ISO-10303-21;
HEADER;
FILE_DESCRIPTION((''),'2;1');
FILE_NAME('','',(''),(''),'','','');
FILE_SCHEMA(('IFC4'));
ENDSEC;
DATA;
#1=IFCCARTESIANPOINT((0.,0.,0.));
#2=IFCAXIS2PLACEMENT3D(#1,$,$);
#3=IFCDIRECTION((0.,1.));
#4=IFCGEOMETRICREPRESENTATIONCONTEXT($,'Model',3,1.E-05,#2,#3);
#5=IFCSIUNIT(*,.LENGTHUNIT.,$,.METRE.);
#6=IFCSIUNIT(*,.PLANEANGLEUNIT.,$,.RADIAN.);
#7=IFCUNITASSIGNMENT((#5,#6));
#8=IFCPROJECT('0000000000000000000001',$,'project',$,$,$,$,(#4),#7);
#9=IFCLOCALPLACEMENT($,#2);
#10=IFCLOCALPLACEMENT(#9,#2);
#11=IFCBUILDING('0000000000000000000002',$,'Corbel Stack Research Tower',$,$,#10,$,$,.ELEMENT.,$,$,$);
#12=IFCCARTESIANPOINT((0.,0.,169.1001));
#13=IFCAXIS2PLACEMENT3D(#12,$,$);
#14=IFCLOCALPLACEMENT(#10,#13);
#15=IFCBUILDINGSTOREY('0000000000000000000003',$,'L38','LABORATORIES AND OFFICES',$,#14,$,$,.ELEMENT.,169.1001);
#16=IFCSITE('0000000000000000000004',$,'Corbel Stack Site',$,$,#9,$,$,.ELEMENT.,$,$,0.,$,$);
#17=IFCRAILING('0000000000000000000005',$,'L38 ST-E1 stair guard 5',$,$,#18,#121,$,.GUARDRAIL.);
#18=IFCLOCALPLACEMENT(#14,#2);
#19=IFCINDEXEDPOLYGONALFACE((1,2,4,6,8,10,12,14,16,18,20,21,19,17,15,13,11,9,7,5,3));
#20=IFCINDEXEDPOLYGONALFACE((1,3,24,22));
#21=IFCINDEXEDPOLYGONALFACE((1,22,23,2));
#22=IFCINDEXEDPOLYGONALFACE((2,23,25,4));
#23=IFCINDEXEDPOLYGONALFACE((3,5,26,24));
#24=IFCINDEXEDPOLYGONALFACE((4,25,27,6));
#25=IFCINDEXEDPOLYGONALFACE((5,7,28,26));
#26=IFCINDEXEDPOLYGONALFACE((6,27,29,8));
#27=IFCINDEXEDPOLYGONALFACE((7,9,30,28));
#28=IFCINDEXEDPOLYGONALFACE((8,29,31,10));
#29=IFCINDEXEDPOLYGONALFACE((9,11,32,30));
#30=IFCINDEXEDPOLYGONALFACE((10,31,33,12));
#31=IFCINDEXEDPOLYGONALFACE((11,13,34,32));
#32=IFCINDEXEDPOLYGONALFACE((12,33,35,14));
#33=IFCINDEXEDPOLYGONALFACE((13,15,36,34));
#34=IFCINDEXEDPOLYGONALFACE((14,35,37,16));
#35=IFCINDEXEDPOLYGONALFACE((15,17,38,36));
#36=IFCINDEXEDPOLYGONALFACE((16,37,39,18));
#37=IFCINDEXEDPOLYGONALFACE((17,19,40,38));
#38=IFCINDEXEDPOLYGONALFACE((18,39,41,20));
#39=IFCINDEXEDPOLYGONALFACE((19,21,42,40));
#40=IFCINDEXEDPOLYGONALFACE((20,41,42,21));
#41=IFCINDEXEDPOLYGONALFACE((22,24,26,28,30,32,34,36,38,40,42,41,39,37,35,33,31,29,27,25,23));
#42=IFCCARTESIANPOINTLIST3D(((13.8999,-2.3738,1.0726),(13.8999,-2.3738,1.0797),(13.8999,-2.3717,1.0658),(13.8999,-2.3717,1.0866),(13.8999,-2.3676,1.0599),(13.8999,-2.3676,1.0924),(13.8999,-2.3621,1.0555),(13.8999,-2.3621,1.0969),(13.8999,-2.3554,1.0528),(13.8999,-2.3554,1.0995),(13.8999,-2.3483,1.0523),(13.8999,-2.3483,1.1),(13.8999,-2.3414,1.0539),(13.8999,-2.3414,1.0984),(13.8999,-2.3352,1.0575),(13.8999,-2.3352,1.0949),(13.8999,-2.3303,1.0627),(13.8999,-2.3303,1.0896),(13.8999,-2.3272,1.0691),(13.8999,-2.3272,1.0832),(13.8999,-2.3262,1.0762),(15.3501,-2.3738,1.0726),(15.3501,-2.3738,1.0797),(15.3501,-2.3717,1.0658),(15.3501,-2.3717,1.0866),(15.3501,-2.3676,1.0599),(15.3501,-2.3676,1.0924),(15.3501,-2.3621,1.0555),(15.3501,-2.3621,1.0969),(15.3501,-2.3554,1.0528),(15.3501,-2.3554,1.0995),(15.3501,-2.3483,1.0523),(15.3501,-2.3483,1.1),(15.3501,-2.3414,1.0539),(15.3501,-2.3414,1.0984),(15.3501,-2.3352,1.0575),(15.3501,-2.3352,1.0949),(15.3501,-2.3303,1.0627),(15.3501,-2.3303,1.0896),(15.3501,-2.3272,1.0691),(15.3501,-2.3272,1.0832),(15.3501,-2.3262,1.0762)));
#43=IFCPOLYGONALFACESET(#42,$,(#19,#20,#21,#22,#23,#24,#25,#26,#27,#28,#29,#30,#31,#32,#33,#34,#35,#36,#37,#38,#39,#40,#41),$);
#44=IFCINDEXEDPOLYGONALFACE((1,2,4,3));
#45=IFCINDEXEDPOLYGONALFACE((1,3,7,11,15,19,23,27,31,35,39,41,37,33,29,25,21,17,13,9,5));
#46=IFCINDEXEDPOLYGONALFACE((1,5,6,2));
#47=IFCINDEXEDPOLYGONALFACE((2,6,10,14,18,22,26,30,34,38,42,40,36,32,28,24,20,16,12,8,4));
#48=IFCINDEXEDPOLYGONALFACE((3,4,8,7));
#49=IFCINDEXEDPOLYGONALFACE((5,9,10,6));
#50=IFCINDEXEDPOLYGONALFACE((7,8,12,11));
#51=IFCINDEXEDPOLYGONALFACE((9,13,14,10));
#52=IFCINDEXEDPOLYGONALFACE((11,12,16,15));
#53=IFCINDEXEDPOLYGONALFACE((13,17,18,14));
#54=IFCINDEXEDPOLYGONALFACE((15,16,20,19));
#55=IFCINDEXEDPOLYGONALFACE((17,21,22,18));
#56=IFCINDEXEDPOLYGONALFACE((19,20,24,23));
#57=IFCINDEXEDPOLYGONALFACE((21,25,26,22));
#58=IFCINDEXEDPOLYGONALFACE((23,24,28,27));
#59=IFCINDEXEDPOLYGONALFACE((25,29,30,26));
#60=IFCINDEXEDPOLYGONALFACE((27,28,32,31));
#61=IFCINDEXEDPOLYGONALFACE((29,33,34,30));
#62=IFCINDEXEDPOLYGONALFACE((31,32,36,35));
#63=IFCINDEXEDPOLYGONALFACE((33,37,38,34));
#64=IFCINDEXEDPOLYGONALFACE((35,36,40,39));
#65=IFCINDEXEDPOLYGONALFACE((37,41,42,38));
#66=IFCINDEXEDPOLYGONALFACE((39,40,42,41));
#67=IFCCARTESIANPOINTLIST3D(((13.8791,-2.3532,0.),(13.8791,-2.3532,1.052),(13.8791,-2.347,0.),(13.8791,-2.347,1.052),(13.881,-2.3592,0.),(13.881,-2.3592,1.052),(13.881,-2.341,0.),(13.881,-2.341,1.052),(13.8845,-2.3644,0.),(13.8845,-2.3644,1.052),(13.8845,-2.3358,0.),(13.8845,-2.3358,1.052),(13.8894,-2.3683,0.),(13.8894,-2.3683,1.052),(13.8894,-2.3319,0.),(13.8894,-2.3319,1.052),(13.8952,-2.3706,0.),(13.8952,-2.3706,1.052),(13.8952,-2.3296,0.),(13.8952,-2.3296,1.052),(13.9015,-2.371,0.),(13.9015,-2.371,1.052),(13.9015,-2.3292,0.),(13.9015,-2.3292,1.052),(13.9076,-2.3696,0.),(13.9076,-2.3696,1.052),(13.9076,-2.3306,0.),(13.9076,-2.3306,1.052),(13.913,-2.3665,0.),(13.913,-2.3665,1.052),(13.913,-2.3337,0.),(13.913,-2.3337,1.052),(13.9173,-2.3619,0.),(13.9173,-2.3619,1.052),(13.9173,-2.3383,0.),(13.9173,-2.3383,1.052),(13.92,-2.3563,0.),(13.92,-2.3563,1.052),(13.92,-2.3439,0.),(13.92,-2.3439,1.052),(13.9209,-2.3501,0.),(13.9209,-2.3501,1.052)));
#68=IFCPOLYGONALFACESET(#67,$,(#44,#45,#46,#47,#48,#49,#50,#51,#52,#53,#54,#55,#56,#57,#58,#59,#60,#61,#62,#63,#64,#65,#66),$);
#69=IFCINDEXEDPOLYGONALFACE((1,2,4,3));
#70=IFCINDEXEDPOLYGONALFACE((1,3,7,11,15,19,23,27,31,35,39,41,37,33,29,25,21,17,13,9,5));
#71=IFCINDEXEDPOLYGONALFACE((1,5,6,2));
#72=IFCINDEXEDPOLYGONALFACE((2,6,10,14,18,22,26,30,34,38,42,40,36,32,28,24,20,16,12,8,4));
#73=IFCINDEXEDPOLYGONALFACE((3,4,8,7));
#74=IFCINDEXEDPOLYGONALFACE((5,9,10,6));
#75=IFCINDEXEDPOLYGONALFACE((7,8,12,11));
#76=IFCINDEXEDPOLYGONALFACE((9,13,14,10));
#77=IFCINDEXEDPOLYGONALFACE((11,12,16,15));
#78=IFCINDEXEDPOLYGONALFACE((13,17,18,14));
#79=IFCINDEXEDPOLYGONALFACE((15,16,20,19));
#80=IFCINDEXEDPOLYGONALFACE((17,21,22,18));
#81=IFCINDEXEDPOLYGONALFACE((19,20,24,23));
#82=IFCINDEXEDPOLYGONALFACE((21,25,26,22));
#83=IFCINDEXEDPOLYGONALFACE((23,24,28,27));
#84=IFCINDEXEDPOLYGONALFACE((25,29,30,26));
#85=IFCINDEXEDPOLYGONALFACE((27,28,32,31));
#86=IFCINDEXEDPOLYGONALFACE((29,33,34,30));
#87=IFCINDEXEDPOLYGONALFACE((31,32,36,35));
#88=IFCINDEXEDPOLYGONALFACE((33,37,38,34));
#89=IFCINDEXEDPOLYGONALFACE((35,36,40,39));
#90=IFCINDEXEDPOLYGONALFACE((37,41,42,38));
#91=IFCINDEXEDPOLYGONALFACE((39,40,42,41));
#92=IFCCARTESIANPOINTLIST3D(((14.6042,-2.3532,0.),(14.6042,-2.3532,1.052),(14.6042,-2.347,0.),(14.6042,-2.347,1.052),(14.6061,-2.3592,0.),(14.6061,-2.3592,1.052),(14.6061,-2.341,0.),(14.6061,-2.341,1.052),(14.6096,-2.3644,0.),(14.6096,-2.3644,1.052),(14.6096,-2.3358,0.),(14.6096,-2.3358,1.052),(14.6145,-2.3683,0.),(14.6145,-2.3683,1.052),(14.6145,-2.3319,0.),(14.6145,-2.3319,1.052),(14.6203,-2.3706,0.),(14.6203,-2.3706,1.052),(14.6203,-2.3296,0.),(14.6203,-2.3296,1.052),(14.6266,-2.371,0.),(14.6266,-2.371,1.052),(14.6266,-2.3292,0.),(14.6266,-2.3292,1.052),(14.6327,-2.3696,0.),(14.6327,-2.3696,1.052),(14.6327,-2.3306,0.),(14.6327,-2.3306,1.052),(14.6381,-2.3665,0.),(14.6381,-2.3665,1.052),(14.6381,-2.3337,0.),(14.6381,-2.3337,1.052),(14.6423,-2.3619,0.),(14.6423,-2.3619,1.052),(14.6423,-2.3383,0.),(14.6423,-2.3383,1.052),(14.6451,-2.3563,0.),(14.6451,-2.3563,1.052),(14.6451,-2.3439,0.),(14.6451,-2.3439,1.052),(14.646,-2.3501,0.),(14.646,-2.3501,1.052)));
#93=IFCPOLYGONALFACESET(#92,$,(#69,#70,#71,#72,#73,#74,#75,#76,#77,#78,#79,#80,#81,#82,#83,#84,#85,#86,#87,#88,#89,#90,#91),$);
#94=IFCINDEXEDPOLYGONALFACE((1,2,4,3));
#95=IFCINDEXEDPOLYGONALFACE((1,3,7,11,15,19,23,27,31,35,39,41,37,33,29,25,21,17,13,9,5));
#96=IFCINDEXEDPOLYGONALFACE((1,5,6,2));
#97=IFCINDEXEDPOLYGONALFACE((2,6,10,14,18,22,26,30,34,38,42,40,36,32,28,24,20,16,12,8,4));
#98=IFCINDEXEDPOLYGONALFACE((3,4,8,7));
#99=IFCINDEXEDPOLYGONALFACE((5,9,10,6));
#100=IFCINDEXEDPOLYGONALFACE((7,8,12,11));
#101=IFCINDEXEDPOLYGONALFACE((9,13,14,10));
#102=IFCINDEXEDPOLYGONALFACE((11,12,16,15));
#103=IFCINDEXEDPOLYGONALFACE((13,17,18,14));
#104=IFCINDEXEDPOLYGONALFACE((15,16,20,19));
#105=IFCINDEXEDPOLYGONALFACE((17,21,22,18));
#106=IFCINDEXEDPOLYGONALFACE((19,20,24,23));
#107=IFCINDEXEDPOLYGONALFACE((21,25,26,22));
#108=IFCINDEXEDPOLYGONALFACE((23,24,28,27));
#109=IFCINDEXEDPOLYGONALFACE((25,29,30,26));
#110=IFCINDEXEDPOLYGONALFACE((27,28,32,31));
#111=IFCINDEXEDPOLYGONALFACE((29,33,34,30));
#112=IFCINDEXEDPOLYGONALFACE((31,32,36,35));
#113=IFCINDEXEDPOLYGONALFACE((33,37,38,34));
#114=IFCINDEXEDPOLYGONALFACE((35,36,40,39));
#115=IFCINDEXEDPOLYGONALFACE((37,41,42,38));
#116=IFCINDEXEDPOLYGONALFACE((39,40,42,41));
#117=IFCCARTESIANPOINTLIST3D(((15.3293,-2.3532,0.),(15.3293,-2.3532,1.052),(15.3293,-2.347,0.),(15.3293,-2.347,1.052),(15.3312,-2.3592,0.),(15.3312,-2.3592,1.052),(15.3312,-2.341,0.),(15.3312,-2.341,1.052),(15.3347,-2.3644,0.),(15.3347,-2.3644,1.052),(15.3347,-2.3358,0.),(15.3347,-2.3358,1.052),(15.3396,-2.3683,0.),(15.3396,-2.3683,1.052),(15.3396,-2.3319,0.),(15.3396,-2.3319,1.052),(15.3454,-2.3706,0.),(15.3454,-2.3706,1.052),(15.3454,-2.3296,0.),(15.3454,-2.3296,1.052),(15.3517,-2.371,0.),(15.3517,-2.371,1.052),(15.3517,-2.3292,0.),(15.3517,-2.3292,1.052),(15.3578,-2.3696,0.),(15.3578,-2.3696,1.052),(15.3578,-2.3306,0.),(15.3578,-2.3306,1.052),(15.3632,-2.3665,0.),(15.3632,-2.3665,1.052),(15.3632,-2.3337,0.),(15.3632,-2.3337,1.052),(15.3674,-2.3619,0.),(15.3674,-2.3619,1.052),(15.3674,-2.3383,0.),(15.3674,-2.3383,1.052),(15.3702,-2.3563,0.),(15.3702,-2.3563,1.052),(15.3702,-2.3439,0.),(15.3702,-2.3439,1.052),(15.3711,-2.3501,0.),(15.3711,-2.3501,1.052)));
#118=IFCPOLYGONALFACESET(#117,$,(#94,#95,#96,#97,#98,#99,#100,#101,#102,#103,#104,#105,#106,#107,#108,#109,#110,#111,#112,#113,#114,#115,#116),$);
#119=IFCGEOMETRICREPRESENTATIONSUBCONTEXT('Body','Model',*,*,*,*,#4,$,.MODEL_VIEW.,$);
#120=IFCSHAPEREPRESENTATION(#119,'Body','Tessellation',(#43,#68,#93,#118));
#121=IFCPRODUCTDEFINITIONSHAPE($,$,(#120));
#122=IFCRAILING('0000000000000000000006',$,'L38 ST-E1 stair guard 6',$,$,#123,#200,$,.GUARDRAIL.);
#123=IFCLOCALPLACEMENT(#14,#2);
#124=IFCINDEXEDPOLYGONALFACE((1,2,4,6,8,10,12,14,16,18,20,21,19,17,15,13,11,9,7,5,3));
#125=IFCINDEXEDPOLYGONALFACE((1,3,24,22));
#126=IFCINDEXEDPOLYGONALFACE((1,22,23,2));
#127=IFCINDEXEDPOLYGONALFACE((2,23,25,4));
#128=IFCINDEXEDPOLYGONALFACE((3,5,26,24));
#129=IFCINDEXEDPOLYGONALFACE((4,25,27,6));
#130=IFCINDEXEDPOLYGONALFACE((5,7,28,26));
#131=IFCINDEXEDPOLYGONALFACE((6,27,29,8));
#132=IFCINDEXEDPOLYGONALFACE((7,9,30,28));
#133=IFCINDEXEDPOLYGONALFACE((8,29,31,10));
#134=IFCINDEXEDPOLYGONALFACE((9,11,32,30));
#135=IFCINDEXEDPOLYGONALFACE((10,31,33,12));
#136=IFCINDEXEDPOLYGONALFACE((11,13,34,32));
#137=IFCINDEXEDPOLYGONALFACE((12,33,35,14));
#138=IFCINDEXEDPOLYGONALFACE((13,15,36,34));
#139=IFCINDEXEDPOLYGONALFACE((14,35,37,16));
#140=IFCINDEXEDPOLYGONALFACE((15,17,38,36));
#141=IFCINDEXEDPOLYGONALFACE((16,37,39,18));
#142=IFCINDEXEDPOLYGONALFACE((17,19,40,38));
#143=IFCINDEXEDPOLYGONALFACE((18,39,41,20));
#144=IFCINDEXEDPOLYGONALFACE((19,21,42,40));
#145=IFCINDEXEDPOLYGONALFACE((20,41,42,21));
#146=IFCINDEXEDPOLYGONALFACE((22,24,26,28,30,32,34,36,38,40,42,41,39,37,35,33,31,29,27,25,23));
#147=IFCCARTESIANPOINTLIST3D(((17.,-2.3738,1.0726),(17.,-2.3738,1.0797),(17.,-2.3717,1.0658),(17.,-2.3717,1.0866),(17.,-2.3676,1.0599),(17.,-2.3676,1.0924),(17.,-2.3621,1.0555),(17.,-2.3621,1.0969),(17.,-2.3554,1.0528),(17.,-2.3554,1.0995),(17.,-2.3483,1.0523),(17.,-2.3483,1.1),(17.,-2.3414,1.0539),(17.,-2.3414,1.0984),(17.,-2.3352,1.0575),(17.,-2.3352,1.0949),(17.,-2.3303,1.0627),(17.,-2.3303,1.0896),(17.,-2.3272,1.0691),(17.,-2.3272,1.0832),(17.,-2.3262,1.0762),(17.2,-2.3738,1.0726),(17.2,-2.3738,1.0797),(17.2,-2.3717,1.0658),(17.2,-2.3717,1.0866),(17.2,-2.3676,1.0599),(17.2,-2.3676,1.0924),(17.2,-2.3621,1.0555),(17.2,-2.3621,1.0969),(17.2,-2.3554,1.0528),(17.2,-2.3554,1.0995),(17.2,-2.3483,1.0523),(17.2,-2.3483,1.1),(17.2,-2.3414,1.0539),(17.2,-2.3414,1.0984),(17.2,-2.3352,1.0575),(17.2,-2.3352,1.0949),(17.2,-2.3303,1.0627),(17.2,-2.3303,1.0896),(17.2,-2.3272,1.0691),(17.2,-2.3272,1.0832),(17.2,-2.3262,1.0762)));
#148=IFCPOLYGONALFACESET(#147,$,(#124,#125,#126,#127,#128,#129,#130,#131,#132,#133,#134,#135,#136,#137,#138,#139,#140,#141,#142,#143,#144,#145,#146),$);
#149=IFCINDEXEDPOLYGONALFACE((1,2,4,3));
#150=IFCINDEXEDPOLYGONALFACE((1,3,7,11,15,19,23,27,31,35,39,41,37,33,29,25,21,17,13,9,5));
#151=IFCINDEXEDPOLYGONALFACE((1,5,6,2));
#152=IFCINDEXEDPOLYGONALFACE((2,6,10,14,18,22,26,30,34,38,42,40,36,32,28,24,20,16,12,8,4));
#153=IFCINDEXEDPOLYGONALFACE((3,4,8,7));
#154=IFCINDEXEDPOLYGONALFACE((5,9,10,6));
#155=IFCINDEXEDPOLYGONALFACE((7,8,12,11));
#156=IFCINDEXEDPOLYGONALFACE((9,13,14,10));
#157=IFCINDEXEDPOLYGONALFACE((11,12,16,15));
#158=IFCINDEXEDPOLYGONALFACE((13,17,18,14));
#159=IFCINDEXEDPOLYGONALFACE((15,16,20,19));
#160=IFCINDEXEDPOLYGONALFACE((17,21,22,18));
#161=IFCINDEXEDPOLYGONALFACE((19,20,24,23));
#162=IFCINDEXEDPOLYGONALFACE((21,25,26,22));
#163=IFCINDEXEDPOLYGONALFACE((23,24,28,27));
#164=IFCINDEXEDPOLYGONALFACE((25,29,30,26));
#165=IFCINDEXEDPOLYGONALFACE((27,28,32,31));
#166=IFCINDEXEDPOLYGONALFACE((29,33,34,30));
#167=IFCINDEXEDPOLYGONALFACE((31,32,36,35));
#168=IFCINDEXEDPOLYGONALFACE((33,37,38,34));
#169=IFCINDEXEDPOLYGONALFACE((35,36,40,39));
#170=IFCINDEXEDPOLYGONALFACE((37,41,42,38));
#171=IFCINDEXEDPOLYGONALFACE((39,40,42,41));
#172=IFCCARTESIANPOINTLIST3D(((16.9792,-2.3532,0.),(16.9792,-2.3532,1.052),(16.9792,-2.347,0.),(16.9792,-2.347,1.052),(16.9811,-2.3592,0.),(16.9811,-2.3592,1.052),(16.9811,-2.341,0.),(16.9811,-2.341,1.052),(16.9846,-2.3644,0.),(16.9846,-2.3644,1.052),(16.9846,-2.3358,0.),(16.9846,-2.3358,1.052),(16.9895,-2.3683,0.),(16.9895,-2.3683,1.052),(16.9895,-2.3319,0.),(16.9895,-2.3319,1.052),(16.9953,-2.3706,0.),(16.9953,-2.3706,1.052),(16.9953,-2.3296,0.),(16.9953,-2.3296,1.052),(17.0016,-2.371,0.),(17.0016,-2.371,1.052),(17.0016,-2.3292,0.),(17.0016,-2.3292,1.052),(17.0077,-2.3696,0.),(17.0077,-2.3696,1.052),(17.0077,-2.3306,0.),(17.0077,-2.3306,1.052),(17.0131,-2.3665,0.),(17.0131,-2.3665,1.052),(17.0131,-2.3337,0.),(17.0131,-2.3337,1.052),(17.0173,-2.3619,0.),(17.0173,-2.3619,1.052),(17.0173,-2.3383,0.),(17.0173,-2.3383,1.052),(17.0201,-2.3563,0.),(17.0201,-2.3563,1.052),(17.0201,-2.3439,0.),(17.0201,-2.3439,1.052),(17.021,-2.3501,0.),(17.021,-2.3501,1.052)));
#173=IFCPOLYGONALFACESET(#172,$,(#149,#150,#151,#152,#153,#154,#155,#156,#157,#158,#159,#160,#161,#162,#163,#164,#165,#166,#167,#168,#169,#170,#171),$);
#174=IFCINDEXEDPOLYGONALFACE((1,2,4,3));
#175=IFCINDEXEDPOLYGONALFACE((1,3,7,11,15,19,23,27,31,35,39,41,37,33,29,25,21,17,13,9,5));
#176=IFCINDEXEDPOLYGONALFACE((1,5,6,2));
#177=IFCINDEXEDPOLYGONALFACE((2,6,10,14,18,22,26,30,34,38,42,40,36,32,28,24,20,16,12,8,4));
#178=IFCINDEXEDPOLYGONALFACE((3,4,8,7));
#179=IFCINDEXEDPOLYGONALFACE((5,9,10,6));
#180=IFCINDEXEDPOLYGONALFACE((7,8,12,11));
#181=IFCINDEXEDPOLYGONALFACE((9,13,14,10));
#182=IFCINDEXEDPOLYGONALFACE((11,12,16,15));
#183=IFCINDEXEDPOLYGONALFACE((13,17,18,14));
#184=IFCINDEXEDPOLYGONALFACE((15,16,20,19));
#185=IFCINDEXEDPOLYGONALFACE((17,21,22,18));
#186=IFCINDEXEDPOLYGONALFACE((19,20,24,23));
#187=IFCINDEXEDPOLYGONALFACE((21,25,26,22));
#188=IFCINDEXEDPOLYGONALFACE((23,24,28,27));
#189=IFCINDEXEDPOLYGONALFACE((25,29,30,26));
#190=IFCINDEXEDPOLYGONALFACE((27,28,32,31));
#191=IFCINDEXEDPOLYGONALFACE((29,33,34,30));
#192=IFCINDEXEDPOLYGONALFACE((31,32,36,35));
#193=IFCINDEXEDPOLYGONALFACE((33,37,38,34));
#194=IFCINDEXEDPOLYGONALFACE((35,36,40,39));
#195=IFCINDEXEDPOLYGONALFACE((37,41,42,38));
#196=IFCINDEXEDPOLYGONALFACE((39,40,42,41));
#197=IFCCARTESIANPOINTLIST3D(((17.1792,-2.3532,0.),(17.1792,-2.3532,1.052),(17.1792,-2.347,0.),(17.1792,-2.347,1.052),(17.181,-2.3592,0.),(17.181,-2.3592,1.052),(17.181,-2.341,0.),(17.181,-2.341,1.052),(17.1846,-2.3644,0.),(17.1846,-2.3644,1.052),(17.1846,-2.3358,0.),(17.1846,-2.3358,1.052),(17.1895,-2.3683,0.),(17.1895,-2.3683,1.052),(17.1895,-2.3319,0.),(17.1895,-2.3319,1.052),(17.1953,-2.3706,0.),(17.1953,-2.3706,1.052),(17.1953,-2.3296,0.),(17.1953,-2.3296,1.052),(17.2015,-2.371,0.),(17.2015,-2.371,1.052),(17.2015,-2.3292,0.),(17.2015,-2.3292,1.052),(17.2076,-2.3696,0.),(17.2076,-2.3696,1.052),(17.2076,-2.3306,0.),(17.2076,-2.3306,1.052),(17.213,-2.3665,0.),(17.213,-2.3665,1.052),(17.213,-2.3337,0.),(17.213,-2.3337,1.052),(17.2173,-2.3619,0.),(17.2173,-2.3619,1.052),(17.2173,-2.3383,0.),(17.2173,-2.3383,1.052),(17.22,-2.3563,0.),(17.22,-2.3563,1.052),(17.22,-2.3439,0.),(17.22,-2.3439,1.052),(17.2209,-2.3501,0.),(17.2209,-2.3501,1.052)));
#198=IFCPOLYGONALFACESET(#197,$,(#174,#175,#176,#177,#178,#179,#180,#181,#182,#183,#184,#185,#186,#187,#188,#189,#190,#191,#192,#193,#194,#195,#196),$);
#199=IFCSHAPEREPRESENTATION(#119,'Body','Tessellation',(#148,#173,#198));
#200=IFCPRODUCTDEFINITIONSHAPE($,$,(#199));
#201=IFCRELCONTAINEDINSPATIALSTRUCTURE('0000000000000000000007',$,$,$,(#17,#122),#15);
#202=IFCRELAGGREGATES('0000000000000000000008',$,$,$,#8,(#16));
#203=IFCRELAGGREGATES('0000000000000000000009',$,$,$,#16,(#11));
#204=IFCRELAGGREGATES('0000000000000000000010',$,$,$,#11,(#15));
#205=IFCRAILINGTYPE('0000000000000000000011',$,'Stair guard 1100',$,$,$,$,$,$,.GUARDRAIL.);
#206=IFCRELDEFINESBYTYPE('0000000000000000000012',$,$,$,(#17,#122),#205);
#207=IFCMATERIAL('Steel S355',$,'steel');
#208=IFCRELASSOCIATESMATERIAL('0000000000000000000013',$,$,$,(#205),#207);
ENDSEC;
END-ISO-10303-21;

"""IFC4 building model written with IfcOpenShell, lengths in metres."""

from ifc_helpers import new_model, si_unit, direction, frame, origin, origin_2d, place, context, subcontext, project, spatial, circle, extrude, material, type_object, element, save


model = new_model("IFC4")

# Units and contexts
model_context = context("Model", 3, precision=1e-05, world=origin(), true_north=direction((0.0, 1.0)))
body_context = subcontext(model_context, "Body", "Model", "MODEL_VIEW")
ifc_project = project(units=[si_unit("LENGTHUNIT", "METRE"), si_unit("PLANEANGLEUNIT", "RADIAN")], contexts=[model_context])

# Site, building, storey
site_placement = place(None, origin())
site = spatial("IfcSite", under=ifc_project, at=site_placement, Name="Corbel Stack Site", CompositionType="ELEMENT", RefElevation=0.0)
building_placement = place(site_placement, origin())
building = spatial("IfcBuilding", under=site, at=building_placement, Name="Corbel Stack Research Tower", CompositionType="ELEMENT")
storey_placement = place(building_placement, frame((0.0, 0.0, 169.1001)))
storey = spatial("IfcBuildingStorey", under=building, at=storey_placement, Name="L38", Description="LABORATORIES AND OFFICES", CompositionType="ELEMENT", Elevation=169.1001)

# Railings
ifc_material_1 = material(Name="Steel S355", Category="steel")
railing_type_1 = type_object("IfcRailingType", Name="Stair guard 1100", PredefinedType="GUARDRAIL", material=ifc_material_1)
railing_1_placement = place(storey_placement, frame((13.8999, -2.3501, 0.0)))
element("IfcRailing", 1, at=railing_1_placement, inside=storey, type_object=railing_type_1, Name="L38 ST-E1 stair guard 5", PredefinedType="GUARDRAIL", context=body_context, shape_type="SweptSolid", body=[
    extrude(circle(Radius=0.0239, at=origin_2d()), frame((0.0, 0.0, 1.0762), z_axis=(1.0, 0.0, 0.0), x_axis=(0.0, 1.0, 0.0)), (0.0, 0.0, 1.0), 1.4502),
    extrude(circle(Radius=0.021, at=origin_2d()), origin(), (0.0, 0.0, 1.0), 1.052),
    extrude(circle(Radius=0.021, at=origin_2d()), frame((0.7251, 0.0, 0.0)), (0.0, 0.0, 1.0), 1.052),
    extrude(circle(Radius=0.021, at=origin_2d()), frame((1.4502, 0.0, 0.0)), (0.0, 0.0, 1.0), 1.052),
])
railing_2_placement = place(storey_placement, frame((17.0, -2.3501, 0.0)))
element("IfcRailing", 2, at=railing_2_placement, inside=storey, type_object=railing_type_1, Name="L38 ST-E1 stair guard 6", PredefinedType="GUARDRAIL", context=body_context, shape_type="SweptSolid", body=[
    extrude(circle(Radius=0.0239, at=origin_2d()), frame((0.0, 0.0, 1.0762), z_axis=(1.0, 0.0, 0.0), x_axis=(0.0, 1.0, 0.0)), (0.0, 0.0, 1.0), 0.2),
    extrude(circle(Radius=0.021, at=origin_2d()), origin(), (0.0, 0.0, 1.0), 1.052),
    extrude(circle(Radius=0.021, at=origin_2d()), frame((0.2, 0.0, 0.0)), (0.0, 0.0, 1.0), 1.052),
])

save(model, "model.ifc")
